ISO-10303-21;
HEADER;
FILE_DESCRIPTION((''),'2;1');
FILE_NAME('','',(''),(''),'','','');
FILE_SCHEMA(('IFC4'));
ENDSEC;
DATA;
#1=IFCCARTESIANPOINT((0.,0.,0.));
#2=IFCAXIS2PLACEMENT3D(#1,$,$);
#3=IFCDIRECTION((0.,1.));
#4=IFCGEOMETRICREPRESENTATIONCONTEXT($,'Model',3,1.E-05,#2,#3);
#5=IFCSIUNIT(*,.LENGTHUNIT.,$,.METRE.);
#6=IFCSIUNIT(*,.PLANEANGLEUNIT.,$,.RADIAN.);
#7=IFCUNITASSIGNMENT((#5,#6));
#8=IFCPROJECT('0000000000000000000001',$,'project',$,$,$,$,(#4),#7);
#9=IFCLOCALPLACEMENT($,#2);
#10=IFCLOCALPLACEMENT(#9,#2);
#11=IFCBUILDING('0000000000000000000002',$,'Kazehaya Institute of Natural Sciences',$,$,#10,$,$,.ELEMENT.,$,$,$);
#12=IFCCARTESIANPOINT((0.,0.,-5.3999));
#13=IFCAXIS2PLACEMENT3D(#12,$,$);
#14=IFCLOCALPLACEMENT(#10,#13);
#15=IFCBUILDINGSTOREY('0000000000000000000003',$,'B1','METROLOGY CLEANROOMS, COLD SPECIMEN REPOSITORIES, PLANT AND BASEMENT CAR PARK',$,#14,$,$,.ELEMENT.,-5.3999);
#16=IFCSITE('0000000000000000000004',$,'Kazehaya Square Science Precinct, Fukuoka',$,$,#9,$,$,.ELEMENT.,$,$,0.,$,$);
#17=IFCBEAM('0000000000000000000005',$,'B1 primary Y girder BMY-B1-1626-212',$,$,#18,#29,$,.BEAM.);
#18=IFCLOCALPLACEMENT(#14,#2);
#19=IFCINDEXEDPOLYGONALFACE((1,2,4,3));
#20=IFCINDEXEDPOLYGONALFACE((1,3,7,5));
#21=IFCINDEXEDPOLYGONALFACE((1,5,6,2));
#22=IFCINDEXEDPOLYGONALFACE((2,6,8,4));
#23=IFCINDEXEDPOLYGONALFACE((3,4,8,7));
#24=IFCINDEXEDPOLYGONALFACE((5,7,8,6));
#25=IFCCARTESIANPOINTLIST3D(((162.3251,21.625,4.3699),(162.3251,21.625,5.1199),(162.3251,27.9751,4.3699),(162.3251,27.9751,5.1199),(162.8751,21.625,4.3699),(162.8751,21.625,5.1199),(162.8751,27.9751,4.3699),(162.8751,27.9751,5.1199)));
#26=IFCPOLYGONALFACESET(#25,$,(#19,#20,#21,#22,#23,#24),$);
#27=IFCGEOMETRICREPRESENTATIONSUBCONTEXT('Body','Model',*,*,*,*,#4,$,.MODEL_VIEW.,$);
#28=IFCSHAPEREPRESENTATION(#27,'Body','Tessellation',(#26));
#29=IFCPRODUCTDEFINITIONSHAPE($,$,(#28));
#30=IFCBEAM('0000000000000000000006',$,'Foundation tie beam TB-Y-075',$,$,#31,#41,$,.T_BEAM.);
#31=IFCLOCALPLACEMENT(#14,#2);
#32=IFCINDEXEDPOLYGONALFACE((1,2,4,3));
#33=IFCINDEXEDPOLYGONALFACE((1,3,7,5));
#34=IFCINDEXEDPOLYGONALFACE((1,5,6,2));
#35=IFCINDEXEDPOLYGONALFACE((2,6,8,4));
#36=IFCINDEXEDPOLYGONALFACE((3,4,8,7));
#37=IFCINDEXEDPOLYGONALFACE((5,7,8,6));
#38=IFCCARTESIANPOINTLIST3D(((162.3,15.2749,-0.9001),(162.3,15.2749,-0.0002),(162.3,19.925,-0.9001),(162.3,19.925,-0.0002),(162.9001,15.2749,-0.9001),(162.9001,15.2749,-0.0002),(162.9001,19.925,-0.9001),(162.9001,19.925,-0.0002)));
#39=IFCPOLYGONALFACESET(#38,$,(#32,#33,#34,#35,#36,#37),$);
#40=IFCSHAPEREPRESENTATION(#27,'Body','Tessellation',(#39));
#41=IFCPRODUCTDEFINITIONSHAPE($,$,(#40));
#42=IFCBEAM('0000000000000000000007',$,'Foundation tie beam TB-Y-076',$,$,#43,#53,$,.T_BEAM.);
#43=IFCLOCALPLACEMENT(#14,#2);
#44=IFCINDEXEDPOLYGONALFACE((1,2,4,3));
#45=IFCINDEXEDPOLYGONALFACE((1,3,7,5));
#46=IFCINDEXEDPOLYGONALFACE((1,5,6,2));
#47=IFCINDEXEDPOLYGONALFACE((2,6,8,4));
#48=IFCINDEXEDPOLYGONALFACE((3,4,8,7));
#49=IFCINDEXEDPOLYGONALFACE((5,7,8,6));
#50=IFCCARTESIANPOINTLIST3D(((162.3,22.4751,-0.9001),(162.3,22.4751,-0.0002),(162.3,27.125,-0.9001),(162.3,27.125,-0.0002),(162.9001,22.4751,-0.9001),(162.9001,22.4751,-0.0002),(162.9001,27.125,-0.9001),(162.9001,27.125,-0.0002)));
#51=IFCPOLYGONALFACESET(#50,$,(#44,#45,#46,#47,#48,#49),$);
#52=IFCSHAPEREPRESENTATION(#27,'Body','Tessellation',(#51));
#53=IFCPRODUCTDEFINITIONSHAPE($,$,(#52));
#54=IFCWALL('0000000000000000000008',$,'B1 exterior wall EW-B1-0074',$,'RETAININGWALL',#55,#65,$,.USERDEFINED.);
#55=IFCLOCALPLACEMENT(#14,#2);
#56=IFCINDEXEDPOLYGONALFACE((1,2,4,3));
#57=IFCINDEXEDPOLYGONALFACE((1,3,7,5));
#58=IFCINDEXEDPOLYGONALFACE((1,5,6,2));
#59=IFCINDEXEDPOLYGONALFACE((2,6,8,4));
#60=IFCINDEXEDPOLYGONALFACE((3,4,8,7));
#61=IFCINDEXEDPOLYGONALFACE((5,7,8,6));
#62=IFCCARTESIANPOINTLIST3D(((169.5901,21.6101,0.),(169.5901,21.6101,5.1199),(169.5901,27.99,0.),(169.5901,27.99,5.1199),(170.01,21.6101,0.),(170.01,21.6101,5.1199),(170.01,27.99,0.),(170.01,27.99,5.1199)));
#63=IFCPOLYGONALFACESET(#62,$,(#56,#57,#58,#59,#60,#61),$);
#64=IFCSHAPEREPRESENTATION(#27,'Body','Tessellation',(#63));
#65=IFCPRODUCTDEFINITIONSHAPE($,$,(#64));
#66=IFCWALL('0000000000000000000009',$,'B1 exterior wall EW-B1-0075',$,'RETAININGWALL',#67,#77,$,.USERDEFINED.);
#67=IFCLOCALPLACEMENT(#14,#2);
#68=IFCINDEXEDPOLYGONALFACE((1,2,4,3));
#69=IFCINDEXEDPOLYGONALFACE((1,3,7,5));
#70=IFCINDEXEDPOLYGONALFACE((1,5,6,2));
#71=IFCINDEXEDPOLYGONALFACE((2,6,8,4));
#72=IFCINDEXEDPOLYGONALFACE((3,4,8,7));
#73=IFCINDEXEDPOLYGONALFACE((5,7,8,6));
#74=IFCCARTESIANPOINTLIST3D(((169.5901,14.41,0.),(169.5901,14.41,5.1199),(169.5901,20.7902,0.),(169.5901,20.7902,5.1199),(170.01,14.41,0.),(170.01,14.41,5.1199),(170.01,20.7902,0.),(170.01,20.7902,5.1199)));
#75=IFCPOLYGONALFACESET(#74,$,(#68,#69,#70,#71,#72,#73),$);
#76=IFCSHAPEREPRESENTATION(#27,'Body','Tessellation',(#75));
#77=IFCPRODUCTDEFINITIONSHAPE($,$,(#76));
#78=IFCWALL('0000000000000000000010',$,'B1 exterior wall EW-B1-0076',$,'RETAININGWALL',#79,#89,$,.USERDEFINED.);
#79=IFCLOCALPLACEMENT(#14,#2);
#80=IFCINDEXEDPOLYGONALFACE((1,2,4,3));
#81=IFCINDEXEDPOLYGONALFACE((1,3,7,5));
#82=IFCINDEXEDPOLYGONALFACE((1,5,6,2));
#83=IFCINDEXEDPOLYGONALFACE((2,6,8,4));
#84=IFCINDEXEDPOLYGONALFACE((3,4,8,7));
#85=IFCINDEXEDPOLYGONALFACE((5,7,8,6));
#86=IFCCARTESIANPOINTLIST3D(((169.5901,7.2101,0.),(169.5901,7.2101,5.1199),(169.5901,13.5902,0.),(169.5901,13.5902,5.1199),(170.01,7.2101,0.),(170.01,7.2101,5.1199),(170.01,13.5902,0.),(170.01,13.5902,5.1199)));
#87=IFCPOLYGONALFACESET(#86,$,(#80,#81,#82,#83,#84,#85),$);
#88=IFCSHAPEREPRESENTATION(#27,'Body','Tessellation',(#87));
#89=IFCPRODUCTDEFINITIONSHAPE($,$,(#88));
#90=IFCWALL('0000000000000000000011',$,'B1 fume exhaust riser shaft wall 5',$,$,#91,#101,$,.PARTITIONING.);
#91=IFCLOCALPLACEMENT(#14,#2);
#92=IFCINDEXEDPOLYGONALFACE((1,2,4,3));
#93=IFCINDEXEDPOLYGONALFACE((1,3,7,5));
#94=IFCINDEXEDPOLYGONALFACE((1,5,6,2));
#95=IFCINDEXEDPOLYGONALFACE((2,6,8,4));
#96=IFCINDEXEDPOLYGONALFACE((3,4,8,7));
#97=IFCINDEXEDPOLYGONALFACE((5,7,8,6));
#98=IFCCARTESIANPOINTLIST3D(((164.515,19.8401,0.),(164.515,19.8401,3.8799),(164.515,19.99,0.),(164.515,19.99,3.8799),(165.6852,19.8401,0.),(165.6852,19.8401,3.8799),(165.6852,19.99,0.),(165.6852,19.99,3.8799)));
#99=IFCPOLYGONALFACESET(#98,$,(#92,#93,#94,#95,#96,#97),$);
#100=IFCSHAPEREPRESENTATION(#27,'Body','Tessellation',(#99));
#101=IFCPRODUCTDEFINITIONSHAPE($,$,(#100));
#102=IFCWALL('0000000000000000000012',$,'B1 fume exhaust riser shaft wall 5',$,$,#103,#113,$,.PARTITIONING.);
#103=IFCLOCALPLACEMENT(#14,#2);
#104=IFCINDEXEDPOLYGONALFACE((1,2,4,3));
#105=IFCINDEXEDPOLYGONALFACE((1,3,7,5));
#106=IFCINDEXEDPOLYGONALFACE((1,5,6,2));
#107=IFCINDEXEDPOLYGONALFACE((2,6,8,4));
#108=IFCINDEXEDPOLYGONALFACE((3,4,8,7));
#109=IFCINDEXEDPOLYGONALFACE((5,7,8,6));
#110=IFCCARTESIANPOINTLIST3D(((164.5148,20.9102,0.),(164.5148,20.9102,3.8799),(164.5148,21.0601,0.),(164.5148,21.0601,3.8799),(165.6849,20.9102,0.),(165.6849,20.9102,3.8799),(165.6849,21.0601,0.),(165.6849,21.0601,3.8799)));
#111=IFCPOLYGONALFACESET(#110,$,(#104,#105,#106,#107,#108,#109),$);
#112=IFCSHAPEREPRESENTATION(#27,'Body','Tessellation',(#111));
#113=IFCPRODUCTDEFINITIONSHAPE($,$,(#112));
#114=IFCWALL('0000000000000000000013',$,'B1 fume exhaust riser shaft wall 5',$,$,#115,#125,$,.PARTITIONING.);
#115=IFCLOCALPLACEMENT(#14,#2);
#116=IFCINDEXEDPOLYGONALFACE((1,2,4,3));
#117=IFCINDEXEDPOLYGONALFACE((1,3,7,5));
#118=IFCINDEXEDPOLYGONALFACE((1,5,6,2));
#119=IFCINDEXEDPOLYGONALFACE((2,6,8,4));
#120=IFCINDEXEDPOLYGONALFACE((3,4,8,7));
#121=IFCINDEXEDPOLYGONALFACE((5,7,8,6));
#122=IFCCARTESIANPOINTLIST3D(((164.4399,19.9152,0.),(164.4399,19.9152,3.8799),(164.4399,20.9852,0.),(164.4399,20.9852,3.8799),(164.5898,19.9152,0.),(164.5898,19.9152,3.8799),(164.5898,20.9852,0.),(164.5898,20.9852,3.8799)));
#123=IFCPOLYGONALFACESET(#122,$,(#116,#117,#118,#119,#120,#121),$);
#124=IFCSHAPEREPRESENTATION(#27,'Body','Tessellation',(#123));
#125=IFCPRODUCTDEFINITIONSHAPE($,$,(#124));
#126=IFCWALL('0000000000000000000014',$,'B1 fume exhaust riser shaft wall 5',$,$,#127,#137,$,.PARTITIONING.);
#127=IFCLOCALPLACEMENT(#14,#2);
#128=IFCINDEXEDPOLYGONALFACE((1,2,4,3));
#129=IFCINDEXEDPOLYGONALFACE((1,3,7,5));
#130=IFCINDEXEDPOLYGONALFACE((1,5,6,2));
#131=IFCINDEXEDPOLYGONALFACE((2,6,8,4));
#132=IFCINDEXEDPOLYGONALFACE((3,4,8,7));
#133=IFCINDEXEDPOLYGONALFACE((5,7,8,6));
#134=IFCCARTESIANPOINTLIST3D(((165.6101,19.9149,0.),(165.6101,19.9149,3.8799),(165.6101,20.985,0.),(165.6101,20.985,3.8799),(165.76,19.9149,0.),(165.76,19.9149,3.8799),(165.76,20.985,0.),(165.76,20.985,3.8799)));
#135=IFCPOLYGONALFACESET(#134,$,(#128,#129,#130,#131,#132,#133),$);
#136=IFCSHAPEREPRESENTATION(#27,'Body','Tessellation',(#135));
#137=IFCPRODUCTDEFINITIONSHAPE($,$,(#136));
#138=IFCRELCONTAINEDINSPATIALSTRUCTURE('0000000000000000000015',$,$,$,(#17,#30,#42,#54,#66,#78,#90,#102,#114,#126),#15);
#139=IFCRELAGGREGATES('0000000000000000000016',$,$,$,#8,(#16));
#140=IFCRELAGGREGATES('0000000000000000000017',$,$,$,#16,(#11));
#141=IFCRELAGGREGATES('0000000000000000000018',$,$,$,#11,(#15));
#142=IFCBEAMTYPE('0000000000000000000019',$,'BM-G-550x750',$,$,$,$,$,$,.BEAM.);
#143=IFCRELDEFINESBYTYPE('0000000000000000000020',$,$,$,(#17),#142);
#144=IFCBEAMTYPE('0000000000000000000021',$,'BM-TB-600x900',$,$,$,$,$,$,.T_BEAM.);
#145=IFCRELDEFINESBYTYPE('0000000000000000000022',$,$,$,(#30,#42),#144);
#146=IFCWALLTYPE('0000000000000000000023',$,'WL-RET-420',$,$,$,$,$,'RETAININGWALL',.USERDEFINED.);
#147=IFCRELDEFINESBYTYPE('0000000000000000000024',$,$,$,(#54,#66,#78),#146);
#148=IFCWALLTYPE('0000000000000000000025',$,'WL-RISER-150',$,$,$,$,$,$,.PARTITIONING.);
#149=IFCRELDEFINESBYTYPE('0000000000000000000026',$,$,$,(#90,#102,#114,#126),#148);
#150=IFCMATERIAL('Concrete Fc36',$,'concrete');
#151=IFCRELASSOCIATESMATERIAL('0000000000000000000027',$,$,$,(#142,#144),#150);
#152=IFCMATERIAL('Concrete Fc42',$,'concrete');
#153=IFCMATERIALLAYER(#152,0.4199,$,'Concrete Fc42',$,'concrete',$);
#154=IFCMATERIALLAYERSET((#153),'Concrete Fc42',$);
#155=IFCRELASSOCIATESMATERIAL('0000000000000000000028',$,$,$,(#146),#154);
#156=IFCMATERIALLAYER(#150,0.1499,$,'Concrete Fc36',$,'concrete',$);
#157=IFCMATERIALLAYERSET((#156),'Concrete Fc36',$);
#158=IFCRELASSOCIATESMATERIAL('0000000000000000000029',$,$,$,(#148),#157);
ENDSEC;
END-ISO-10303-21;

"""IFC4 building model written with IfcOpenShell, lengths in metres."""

from ifc_helpers import new_model, si_unit, direction, frame, frame_2d, origin, origin_2d, place, context, subcontext, project, spatial, rectangle, extrude, material, layer, layer_set, material_profile, profile_set, type_object, element, save


model = new_model("IFC4")

# Units and contexts
model_context = context("Model", 3, precision=1e-05, world=origin(), true_north=direction((0.0, 1.0)))
body_context = subcontext(model_context, "Body", "Model", "MODEL_VIEW")
ifc_project = project(units=[si_unit("LENGTHUNIT", "METRE"), si_unit("PLANEANGLEUNIT", "RADIAN")], contexts=[model_context])

# Site, building, storey
site_placement = place(None, origin())
site = spatial("IfcSite", under=ifc_project, at=site_placement, Name="Kazehaya Square Science Precinct, Fukuoka", CompositionType="ELEMENT", RefElevation=0.0)
building_placement = place(site_placement, origin())
building = spatial("IfcBuilding", under=site, at=building_placement, Name="Kazehaya Institute of Natural Sciences", CompositionType="ELEMENT")
storey_placement = place(building_placement, frame((0.0, 0.0, -5.3999)))
storey = spatial("IfcBuildingStorey", under=building, at=storey_placement, Name="B1", Description="METROLOGY CLEANROOMS, COLD SPECIMEN REPOSITORIES, PLANT AND BASEMENT CAR PARK", CompositionType="ELEMENT", Elevation=-5.3999)

# Shared definitions
ifc_material_1 = material(Name="Concrete Fc36", Category="concrete")

# Shared definitions
ifc_material_2 = material(Name="Concrete Fc42", Category="concrete")

# Beams
ifc_material_profile_1 = material_profile(ifc_material_1, rectangle(XDim=0.55, YDim=0.75, at=origin_2d()), Name="RC-550x750")
ifc_profile_set_1 = profile_set([ifc_material_profile_1], Name="Concrete Fc36")
beam_type_1 = type_object("IfcBeamType", Name="BM-G-550x750", PredefinedType="BEAM", material=ifc_profile_set_1)
beam_1_placement = place(storey_placement, frame((162.6001, 21.625, 4.7449), z_axis=(0.0, 1.0, 0.0), x_axis=(-1.0, 0.0, 0.0)))
element("IfcBeam", 1, at=beam_1_placement, inside=storey, type_object=beam_type_1, Name="B1 primary Y girder BMY-B1-1626-212", PredefinedType="BEAM", context=body_context, shape_type="SweptSolid", body=[
    extrude(rectangle(XDim=0.55, YDim=0.75, at=origin_2d()), origin(), (0.0, 0.0, 1.0), 6.3501),
])
ifc_material_profile_2 = material_profile(ifc_material_1, rectangle(XDim=0.6001, YDim=0.8999, at=origin_2d()), Name="RC-600x900")
ifc_profile_set_2 = profile_set([ifc_material_profile_2], Name="Concrete Fc36")
beam_type_2 = type_object("IfcBeamType", Name="BM-TB-600x900", PredefinedType="T_BEAM", material=ifc_profile_set_2)
beam_2_placement = place(storey_placement, frame((162.6001, 15.2749, -0.4502), z_axis=(0.0, 1.0, 0.0), x_axis=(-1.0, 0.0, 0.0)))
element("IfcBeam", 2, at=beam_2_placement, inside=storey, type_object=beam_type_2, Name="Foundation tie beam TB-Y-075", PredefinedType="T_BEAM", context=body_context, shape_type="SweptSolid", body=[
    extrude(rectangle(XDim=0.6001, YDim=0.8999, at=origin_2d()), origin(), (0.0, 0.0, 1.0), 4.6501),
])
beam_3_placement = place(storey_placement, frame((162.6001, 22.4751, -0.4502), z_axis=(0.0, 1.0, 0.0), x_axis=(-1.0, 0.0, 0.0)))
element("IfcBeam", 3, at=beam_3_placement, inside=storey, type_object=beam_type_2, Name="Foundation tie beam TB-Y-076", PredefinedType="T_BEAM", context=body_context, shape_type="SweptSolid", body=[
    extrude(rectangle(XDim=0.6001, YDim=0.8999, at=origin_2d()), origin(), (0.0, 0.0, 1.0), 4.6499),
])

# Walls
ifc_layer_1 = layer(ifc_material_2, 0.4199, Name="Concrete Fc42", Category="concrete")
ifc_layer_set_1 = layer_set([ifc_layer_1], Name="Concrete Fc42")
wall_type_1 = type_object("IfcWallType", Name="WL-RET-420", ElementType="RETAININGWALL", PredefinedType="USERDEFINED", material=ifc_layer_set_1)
wall_placement = place(storey_placement, frame((169.8, 27.99, 0.0), z_axis=(0.0, 0.0, 1.0), x_axis=(0.0, -1.0, 0.0)))
element("IfcWall", 4, at=wall_placement, inside=storey, type_object=wall_type_1, Name="B1 exterior wall EW-B1-0074", ObjectType="RETAININGWALL", PredefinedType="USERDEFINED", context=body_context, shape_type="SweptSolid", body=[
    extrude(rectangle(XDim=6.3799, YDim=0.4199, at=frame_2d((3.1899, 0.0))), origin(), (0.0, 0.0, 1.0), 5.1199),
])
for number, where, z_axis, x_axis, name in (
    (5, (169.8, 20.79, 0.0), (0.0, 0.0, 1.0), (0.0, -1.0, 0.0), "B1 exterior wall EW-B1-0075"),
    (6, (169.8, 13.5901, 0.0), (0.0, 0.0, 1.0), (0.0, -1.0, 0.0), "B1 exterior wall EW-B1-0076"),
):
    element("IfcWall", number, at=place(storey_placement, frame(where, z_axis=z_axis, x_axis=x_axis)), inside=storey, type_object=wall_type_1, Name=name, ObjectType="RETAININGWALL", PredefinedType="USERDEFINED", context=body_context, shape_type="SweptSolid", body=[
        extrude(rectangle(XDim=6.3801, YDim=0.4199, at=frame_2d((3.1899, 0.0))), origin(), (0.0, 0.0, 1.0), 5.1199),
    ])
ifc_layer_2 = layer(ifc_material_1, 0.1499, Name="Concrete Fc36", Category="concrete")
ifc_layer_set_2 = layer_set([ifc_layer_2], Name="Concrete Fc36")
wall_type_2 = type_object("IfcWallType", Name="WL-RISER-150", PredefinedType="PARTITIONING", material=ifc_layer_set_2)
for number, where, z_axis, x_axis, name in (
    (7, (165.6851, 19.915, 0.0), (0.0, 0.0, 1.0), (-1.0, 0.0, 0.0), "B1 fume exhaust riser shaft wall 5"),
    (8, (164.5149, 20.9851, 0.0), (0.0, 0.0, 1.0), (1.0, 0.0, 0.0), "B1 fume exhaust riser shaft wall 5"),
):
    element("IfcWall", number, at=place(storey_placement, frame(where, z_axis=z_axis, x_axis=x_axis)), inside=storey, type_object=wall_type_2, Name=name, PredefinedType="PARTITIONING", context=body_context, shape_type="SweptSolid", body=[
        extrude(rectangle(XDim=1.1702, YDim=0.1499, at=frame_2d((0.585, 0.0))), origin(), (0.0, 0.0, 1.0), 3.8799),
    ])
for number, where, z_axis, x_axis, name in (
    (9, (164.5149, 19.915, 0.0), (0.0, 0.0, 1.0), (0.0, 1.0, 0.0), "B1 fume exhaust riser shaft wall 5"),
    (10, (165.6851, 20.9851, 0.0), (0.0, 0.0, 1.0), (0.0, -1.0, 0.0), "B1 fume exhaust riser shaft wall 5"),
):
    element("IfcWall", number, at=place(storey_placement, frame(where, z_axis=z_axis, x_axis=x_axis)), inside=storey, type_object=wall_type_2, Name=name, PredefinedType="PARTITIONING", context=body_context, shape_type="SweptSolid", body=[
        extrude(rectangle(XDim=1.0701, YDim=0.1499, at=frame_2d((0.5352, 0.0))), origin(), (0.0, 0.0, 1.0), 3.8799),
    ])

save(model, "model.ifc")
